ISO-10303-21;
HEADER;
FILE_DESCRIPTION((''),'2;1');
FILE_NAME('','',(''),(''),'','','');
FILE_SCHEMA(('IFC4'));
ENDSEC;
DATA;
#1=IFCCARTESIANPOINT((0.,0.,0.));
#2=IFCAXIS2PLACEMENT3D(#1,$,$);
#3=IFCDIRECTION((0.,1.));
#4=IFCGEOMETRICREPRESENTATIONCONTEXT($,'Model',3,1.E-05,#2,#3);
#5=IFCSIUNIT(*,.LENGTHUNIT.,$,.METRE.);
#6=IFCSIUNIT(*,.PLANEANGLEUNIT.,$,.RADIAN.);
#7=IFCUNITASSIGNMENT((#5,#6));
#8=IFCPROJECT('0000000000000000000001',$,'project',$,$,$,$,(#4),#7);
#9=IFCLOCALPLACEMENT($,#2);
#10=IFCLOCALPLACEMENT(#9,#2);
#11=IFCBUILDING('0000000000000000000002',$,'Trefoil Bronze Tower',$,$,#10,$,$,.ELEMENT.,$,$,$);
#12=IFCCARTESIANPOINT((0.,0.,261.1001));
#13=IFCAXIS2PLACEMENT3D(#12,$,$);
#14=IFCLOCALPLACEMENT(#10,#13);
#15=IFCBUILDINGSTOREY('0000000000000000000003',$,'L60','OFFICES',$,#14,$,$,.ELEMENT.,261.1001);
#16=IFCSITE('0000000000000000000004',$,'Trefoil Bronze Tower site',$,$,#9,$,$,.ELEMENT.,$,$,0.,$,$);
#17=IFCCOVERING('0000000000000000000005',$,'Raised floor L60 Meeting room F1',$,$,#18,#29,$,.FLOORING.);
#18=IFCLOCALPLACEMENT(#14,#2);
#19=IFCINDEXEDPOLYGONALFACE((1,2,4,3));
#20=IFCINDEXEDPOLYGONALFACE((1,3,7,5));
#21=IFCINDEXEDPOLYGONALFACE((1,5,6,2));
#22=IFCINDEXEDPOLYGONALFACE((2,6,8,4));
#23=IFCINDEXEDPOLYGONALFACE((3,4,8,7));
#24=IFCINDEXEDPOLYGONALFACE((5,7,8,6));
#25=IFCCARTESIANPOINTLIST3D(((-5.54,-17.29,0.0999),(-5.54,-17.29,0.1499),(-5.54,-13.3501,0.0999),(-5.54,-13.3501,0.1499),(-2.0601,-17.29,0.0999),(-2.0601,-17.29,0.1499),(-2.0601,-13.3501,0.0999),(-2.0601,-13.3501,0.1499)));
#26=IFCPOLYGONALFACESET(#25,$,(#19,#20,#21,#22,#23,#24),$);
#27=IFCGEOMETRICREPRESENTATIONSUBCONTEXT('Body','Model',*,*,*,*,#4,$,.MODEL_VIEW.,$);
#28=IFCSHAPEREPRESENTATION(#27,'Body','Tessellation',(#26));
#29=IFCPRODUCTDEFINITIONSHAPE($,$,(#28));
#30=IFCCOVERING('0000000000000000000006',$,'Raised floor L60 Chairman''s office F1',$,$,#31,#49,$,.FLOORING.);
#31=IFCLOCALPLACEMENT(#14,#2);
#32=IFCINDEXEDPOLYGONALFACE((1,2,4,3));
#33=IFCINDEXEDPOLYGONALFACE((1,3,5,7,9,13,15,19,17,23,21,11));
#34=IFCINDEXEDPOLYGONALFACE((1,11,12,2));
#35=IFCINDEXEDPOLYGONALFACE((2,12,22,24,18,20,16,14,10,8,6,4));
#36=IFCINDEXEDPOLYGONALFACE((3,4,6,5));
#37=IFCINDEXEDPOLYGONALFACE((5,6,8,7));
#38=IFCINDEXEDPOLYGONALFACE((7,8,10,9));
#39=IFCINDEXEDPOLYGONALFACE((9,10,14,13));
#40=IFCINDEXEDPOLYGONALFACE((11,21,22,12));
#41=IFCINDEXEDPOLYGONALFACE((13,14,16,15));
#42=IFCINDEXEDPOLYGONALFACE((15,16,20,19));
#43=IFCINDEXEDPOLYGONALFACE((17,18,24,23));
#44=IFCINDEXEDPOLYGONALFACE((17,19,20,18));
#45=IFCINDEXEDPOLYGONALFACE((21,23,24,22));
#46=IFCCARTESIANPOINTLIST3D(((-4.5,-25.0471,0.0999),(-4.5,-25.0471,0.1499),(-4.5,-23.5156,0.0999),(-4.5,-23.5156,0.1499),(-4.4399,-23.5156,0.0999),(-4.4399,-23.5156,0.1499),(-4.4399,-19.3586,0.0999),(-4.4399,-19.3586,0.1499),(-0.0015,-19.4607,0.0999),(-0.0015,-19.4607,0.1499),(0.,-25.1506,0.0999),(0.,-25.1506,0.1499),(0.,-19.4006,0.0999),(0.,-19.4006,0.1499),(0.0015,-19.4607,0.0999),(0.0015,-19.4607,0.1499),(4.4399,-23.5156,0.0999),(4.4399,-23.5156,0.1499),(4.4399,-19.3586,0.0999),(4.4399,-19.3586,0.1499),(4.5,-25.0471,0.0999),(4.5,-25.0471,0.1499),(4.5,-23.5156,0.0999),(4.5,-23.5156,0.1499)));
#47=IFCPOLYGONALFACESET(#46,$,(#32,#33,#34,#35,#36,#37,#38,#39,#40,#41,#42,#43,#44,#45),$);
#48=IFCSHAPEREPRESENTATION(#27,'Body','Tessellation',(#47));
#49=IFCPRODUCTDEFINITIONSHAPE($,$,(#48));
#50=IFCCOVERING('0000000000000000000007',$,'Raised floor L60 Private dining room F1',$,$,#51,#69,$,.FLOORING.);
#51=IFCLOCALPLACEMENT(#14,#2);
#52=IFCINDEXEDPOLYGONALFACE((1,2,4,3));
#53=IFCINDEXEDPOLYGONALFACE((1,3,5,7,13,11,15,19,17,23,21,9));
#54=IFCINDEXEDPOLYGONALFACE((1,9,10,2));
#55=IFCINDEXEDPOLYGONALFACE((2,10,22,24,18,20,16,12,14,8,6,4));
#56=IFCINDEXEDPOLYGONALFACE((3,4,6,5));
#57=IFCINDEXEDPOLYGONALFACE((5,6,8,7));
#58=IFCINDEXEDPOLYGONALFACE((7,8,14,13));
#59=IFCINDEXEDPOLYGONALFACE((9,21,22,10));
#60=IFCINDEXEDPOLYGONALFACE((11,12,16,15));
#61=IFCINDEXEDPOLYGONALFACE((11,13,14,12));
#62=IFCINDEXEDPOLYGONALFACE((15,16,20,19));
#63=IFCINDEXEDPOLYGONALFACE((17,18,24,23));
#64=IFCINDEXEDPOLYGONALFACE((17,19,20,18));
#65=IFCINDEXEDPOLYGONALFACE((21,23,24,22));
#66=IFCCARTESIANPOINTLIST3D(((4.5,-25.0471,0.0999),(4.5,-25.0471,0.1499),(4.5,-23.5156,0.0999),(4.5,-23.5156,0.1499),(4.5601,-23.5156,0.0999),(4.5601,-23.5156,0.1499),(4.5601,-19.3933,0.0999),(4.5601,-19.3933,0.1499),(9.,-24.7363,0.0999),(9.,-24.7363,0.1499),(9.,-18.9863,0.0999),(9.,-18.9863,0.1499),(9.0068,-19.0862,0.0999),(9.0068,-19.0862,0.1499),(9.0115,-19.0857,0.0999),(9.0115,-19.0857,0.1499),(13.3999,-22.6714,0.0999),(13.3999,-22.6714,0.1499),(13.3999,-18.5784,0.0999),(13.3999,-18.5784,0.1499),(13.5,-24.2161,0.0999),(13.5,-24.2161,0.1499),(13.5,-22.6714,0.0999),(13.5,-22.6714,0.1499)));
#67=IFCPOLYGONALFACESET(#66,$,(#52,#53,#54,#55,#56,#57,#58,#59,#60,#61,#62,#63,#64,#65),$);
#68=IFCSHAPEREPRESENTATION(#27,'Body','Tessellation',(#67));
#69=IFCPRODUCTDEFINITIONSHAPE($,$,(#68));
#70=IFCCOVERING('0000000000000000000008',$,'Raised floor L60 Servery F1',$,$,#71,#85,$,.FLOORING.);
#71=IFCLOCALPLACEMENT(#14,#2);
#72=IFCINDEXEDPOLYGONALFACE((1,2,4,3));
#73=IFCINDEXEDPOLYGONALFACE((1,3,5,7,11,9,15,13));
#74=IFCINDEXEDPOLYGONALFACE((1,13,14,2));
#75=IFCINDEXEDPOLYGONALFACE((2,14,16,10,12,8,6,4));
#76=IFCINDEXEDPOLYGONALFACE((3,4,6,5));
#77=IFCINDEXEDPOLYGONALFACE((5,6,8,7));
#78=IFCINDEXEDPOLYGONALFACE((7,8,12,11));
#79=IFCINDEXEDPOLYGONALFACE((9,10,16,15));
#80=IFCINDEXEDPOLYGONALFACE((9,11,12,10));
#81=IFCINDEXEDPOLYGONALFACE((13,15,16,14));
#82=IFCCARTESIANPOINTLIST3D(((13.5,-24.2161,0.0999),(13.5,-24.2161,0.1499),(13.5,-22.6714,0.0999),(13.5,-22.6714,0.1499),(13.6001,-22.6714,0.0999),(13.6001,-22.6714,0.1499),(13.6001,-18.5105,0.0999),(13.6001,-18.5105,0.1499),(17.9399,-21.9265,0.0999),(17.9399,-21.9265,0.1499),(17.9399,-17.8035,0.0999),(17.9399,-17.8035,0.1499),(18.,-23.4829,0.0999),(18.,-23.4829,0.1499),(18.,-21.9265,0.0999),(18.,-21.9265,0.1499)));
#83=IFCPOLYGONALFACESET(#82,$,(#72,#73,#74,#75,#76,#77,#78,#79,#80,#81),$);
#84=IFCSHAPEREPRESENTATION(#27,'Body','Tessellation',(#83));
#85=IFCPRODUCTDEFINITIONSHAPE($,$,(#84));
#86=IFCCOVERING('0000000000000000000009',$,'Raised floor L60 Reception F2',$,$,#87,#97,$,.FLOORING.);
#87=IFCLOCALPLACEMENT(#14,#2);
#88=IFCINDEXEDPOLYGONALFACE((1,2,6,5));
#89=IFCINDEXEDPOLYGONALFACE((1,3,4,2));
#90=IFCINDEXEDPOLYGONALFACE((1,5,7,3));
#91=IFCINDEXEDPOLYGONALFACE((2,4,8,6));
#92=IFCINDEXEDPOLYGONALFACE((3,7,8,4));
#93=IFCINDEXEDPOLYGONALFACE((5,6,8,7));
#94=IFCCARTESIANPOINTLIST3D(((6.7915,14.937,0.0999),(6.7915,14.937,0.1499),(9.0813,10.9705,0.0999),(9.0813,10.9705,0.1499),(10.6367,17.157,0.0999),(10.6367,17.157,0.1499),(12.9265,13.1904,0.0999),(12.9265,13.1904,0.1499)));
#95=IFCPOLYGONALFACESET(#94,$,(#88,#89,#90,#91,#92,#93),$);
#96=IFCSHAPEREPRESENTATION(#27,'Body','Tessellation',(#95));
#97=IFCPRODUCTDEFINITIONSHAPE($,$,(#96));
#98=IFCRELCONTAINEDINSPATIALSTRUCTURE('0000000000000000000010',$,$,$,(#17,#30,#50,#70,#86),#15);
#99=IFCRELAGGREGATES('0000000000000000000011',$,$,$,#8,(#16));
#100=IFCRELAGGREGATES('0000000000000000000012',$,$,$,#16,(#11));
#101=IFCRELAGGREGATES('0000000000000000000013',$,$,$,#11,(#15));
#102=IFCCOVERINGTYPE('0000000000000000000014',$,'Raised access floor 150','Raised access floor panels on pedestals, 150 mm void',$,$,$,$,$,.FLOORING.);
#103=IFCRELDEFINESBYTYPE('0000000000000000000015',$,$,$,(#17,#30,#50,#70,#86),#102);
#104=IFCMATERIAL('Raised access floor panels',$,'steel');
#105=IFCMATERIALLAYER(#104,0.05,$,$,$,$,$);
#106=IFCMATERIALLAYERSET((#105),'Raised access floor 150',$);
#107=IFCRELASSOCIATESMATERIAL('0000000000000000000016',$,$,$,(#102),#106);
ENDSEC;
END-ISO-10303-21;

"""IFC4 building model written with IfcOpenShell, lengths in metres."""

from ifc_helpers import new_model, si_unit, direction, frame, origin, place, context, subcontext, project, spatial, polyline, outline, extrude, material, layer, layer_set, type_object, element, save


model = new_model("IFC4")

# Units and contexts
model_context = context("Model", 3, precision=1e-05, world=origin(), true_north=direction((0.0, 1.0)))
body_context = subcontext(model_context, "Body", "Model", "MODEL_VIEW")
ifc_project = project(units=[si_unit("LENGTHUNIT", "METRE"), si_unit("PLANEANGLEUNIT", "RADIAN")], contexts=[model_context])

# Site, building, storey
site_placement = place(None, origin())
site = spatial("IfcSite", under=ifc_project, at=site_placement, Name="Trefoil Bronze Tower site", CompositionType="ELEMENT", RefElevation=0.0)
building_placement = place(site_placement, origin())
building = spatial("IfcBuilding", under=site, at=building_placement, Name="Trefoil Bronze Tower", CompositionType="ELEMENT")
storey_placement = place(building_placement, frame((0.0, 0.0, 261.1001)))
storey = spatial("IfcBuildingStorey", under=building, at=storey_placement, Name="L60", Description="OFFICES", CompositionType="ELEMENT", Elevation=261.1001)

# Coverings
ifc_material_1 = material(Name="Raised access floor panels", Category="steel")
ifc_layer_1 = layer(ifc_material_1, 0.05)
ifc_layer_set_1 = layer_set([ifc_layer_1], Name="Raised access floor 150")
covering_type_1 = type_object("IfcCoveringType", Name="Raised access floor 150", Description="Raised access floor panels on pedestals, 150 mm void", PredefinedType="FLOORING", material=ifc_layer_set_1)
covering_1_placement = place(storey_placement, frame((0.0, 0.0, 0.0999)))
element("IfcCovering", 1, at=covering_1_placement, inside=storey, type_object=covering_type_1, Name="Raised floor L60 Meeting room F1", PredefinedType="FLOORING", context=body_context, shape_type="SweptSolid", body=[
    extrude(outline(polyline([(-2.0601, -13.3501), (-2.0601, -17.29), (-5.54, -17.29), (-5.54, -13.3501), (-2.0601, -13.3501)])), origin(), (0.0, 0.0, 1.0), 0.05),
])
covering_2_placement = place(storey_placement, frame((0.0, 0.0, 0.0999)))
element("IfcCovering", 2, at=covering_2_placement, inside=storey, type_object=covering_type_1, Name="Raised floor L60 Chairman's office F1", PredefinedType="FLOORING", context=body_context, shape_type="SweptSolid", body=[
    extrude(outline(polyline([(0.0, -25.1506), (-4.5, -25.0471), (-4.5, -23.5156), (-4.4399, -23.5156), (-4.4399, -19.3586), (-0.0015, -19.4607), (0.0, -19.4006), (0.0015, -19.4607), (4.4399, -19.3586), (4.4399, -23.5156), (4.5, -23.5156), (4.5, -25.0471), (0.0, -25.1506)])), origin(), (0.0, 0.0, 1.0), 0.05),
])
covering_3_placement = place(storey_placement, frame((0.0, 0.0, 0.0999)))
element("IfcCovering", 3, at=covering_3_placement, inside=storey, type_object=covering_type_1, Name="Raised floor L60 Private dining room F1", PredefinedType="FLOORING", context=body_context, shape_type="SweptSolid", body=[
    extrude(outline(polyline([(9.0, -24.7363), (4.5, -25.0471), (4.5, -23.5156), (4.5601, -23.5156), (4.5601, -19.3933), (9.0068, -19.0862), (9.0, -18.9863), (9.0115, -19.0857), (13.3999, -18.5784), (13.3999, -22.6714), (13.5, -22.6714), (13.5, -24.2161), (9.0, -24.7363)])), origin(), (0.0, 0.0, 1.0), 0.05),
])
covering_4_placement = place(storey_placement, frame((0.0, 0.0, 0.0999)))
element("IfcCovering", 4, at=covering_4_placement, inside=storey, type_object=covering_type_1, Name="Raised floor L60 Servery F1", PredefinedType="FLOORING", context=body_context, shape_type="SweptSolid", body=[
    extrude(outline(polyline([(18.0, -23.4829), (13.5, -24.2161), (13.5, -22.6714), (13.6001, -22.6714), (13.6001, -18.5105), (17.9399, -17.8035), (17.9399, -21.9265), (18.0, -21.9265), (18.0, -23.4829)])), origin(), (0.0, 0.0, 1.0), 0.05),
])
covering_5_placement = place(storey_placement, frame((0.0, 0.0, 0.0999)))
element("IfcCovering", 5, at=covering_5_placement, inside=storey, type_object=covering_type_1, Name="Raised floor L60 Reception F2", PredefinedType="FLOORING", context=body_context, shape_type="SweptSolid", body=[
    extrude(outline(polyline([(6.7915, 14.937), (10.6367, 17.157), (12.9265, 13.1904), (9.0813, 10.9705), (6.7915, 14.937)])), origin(), (0.0, 0.0, 1.0), 0.05),
])

save(model, "model.ifc")
